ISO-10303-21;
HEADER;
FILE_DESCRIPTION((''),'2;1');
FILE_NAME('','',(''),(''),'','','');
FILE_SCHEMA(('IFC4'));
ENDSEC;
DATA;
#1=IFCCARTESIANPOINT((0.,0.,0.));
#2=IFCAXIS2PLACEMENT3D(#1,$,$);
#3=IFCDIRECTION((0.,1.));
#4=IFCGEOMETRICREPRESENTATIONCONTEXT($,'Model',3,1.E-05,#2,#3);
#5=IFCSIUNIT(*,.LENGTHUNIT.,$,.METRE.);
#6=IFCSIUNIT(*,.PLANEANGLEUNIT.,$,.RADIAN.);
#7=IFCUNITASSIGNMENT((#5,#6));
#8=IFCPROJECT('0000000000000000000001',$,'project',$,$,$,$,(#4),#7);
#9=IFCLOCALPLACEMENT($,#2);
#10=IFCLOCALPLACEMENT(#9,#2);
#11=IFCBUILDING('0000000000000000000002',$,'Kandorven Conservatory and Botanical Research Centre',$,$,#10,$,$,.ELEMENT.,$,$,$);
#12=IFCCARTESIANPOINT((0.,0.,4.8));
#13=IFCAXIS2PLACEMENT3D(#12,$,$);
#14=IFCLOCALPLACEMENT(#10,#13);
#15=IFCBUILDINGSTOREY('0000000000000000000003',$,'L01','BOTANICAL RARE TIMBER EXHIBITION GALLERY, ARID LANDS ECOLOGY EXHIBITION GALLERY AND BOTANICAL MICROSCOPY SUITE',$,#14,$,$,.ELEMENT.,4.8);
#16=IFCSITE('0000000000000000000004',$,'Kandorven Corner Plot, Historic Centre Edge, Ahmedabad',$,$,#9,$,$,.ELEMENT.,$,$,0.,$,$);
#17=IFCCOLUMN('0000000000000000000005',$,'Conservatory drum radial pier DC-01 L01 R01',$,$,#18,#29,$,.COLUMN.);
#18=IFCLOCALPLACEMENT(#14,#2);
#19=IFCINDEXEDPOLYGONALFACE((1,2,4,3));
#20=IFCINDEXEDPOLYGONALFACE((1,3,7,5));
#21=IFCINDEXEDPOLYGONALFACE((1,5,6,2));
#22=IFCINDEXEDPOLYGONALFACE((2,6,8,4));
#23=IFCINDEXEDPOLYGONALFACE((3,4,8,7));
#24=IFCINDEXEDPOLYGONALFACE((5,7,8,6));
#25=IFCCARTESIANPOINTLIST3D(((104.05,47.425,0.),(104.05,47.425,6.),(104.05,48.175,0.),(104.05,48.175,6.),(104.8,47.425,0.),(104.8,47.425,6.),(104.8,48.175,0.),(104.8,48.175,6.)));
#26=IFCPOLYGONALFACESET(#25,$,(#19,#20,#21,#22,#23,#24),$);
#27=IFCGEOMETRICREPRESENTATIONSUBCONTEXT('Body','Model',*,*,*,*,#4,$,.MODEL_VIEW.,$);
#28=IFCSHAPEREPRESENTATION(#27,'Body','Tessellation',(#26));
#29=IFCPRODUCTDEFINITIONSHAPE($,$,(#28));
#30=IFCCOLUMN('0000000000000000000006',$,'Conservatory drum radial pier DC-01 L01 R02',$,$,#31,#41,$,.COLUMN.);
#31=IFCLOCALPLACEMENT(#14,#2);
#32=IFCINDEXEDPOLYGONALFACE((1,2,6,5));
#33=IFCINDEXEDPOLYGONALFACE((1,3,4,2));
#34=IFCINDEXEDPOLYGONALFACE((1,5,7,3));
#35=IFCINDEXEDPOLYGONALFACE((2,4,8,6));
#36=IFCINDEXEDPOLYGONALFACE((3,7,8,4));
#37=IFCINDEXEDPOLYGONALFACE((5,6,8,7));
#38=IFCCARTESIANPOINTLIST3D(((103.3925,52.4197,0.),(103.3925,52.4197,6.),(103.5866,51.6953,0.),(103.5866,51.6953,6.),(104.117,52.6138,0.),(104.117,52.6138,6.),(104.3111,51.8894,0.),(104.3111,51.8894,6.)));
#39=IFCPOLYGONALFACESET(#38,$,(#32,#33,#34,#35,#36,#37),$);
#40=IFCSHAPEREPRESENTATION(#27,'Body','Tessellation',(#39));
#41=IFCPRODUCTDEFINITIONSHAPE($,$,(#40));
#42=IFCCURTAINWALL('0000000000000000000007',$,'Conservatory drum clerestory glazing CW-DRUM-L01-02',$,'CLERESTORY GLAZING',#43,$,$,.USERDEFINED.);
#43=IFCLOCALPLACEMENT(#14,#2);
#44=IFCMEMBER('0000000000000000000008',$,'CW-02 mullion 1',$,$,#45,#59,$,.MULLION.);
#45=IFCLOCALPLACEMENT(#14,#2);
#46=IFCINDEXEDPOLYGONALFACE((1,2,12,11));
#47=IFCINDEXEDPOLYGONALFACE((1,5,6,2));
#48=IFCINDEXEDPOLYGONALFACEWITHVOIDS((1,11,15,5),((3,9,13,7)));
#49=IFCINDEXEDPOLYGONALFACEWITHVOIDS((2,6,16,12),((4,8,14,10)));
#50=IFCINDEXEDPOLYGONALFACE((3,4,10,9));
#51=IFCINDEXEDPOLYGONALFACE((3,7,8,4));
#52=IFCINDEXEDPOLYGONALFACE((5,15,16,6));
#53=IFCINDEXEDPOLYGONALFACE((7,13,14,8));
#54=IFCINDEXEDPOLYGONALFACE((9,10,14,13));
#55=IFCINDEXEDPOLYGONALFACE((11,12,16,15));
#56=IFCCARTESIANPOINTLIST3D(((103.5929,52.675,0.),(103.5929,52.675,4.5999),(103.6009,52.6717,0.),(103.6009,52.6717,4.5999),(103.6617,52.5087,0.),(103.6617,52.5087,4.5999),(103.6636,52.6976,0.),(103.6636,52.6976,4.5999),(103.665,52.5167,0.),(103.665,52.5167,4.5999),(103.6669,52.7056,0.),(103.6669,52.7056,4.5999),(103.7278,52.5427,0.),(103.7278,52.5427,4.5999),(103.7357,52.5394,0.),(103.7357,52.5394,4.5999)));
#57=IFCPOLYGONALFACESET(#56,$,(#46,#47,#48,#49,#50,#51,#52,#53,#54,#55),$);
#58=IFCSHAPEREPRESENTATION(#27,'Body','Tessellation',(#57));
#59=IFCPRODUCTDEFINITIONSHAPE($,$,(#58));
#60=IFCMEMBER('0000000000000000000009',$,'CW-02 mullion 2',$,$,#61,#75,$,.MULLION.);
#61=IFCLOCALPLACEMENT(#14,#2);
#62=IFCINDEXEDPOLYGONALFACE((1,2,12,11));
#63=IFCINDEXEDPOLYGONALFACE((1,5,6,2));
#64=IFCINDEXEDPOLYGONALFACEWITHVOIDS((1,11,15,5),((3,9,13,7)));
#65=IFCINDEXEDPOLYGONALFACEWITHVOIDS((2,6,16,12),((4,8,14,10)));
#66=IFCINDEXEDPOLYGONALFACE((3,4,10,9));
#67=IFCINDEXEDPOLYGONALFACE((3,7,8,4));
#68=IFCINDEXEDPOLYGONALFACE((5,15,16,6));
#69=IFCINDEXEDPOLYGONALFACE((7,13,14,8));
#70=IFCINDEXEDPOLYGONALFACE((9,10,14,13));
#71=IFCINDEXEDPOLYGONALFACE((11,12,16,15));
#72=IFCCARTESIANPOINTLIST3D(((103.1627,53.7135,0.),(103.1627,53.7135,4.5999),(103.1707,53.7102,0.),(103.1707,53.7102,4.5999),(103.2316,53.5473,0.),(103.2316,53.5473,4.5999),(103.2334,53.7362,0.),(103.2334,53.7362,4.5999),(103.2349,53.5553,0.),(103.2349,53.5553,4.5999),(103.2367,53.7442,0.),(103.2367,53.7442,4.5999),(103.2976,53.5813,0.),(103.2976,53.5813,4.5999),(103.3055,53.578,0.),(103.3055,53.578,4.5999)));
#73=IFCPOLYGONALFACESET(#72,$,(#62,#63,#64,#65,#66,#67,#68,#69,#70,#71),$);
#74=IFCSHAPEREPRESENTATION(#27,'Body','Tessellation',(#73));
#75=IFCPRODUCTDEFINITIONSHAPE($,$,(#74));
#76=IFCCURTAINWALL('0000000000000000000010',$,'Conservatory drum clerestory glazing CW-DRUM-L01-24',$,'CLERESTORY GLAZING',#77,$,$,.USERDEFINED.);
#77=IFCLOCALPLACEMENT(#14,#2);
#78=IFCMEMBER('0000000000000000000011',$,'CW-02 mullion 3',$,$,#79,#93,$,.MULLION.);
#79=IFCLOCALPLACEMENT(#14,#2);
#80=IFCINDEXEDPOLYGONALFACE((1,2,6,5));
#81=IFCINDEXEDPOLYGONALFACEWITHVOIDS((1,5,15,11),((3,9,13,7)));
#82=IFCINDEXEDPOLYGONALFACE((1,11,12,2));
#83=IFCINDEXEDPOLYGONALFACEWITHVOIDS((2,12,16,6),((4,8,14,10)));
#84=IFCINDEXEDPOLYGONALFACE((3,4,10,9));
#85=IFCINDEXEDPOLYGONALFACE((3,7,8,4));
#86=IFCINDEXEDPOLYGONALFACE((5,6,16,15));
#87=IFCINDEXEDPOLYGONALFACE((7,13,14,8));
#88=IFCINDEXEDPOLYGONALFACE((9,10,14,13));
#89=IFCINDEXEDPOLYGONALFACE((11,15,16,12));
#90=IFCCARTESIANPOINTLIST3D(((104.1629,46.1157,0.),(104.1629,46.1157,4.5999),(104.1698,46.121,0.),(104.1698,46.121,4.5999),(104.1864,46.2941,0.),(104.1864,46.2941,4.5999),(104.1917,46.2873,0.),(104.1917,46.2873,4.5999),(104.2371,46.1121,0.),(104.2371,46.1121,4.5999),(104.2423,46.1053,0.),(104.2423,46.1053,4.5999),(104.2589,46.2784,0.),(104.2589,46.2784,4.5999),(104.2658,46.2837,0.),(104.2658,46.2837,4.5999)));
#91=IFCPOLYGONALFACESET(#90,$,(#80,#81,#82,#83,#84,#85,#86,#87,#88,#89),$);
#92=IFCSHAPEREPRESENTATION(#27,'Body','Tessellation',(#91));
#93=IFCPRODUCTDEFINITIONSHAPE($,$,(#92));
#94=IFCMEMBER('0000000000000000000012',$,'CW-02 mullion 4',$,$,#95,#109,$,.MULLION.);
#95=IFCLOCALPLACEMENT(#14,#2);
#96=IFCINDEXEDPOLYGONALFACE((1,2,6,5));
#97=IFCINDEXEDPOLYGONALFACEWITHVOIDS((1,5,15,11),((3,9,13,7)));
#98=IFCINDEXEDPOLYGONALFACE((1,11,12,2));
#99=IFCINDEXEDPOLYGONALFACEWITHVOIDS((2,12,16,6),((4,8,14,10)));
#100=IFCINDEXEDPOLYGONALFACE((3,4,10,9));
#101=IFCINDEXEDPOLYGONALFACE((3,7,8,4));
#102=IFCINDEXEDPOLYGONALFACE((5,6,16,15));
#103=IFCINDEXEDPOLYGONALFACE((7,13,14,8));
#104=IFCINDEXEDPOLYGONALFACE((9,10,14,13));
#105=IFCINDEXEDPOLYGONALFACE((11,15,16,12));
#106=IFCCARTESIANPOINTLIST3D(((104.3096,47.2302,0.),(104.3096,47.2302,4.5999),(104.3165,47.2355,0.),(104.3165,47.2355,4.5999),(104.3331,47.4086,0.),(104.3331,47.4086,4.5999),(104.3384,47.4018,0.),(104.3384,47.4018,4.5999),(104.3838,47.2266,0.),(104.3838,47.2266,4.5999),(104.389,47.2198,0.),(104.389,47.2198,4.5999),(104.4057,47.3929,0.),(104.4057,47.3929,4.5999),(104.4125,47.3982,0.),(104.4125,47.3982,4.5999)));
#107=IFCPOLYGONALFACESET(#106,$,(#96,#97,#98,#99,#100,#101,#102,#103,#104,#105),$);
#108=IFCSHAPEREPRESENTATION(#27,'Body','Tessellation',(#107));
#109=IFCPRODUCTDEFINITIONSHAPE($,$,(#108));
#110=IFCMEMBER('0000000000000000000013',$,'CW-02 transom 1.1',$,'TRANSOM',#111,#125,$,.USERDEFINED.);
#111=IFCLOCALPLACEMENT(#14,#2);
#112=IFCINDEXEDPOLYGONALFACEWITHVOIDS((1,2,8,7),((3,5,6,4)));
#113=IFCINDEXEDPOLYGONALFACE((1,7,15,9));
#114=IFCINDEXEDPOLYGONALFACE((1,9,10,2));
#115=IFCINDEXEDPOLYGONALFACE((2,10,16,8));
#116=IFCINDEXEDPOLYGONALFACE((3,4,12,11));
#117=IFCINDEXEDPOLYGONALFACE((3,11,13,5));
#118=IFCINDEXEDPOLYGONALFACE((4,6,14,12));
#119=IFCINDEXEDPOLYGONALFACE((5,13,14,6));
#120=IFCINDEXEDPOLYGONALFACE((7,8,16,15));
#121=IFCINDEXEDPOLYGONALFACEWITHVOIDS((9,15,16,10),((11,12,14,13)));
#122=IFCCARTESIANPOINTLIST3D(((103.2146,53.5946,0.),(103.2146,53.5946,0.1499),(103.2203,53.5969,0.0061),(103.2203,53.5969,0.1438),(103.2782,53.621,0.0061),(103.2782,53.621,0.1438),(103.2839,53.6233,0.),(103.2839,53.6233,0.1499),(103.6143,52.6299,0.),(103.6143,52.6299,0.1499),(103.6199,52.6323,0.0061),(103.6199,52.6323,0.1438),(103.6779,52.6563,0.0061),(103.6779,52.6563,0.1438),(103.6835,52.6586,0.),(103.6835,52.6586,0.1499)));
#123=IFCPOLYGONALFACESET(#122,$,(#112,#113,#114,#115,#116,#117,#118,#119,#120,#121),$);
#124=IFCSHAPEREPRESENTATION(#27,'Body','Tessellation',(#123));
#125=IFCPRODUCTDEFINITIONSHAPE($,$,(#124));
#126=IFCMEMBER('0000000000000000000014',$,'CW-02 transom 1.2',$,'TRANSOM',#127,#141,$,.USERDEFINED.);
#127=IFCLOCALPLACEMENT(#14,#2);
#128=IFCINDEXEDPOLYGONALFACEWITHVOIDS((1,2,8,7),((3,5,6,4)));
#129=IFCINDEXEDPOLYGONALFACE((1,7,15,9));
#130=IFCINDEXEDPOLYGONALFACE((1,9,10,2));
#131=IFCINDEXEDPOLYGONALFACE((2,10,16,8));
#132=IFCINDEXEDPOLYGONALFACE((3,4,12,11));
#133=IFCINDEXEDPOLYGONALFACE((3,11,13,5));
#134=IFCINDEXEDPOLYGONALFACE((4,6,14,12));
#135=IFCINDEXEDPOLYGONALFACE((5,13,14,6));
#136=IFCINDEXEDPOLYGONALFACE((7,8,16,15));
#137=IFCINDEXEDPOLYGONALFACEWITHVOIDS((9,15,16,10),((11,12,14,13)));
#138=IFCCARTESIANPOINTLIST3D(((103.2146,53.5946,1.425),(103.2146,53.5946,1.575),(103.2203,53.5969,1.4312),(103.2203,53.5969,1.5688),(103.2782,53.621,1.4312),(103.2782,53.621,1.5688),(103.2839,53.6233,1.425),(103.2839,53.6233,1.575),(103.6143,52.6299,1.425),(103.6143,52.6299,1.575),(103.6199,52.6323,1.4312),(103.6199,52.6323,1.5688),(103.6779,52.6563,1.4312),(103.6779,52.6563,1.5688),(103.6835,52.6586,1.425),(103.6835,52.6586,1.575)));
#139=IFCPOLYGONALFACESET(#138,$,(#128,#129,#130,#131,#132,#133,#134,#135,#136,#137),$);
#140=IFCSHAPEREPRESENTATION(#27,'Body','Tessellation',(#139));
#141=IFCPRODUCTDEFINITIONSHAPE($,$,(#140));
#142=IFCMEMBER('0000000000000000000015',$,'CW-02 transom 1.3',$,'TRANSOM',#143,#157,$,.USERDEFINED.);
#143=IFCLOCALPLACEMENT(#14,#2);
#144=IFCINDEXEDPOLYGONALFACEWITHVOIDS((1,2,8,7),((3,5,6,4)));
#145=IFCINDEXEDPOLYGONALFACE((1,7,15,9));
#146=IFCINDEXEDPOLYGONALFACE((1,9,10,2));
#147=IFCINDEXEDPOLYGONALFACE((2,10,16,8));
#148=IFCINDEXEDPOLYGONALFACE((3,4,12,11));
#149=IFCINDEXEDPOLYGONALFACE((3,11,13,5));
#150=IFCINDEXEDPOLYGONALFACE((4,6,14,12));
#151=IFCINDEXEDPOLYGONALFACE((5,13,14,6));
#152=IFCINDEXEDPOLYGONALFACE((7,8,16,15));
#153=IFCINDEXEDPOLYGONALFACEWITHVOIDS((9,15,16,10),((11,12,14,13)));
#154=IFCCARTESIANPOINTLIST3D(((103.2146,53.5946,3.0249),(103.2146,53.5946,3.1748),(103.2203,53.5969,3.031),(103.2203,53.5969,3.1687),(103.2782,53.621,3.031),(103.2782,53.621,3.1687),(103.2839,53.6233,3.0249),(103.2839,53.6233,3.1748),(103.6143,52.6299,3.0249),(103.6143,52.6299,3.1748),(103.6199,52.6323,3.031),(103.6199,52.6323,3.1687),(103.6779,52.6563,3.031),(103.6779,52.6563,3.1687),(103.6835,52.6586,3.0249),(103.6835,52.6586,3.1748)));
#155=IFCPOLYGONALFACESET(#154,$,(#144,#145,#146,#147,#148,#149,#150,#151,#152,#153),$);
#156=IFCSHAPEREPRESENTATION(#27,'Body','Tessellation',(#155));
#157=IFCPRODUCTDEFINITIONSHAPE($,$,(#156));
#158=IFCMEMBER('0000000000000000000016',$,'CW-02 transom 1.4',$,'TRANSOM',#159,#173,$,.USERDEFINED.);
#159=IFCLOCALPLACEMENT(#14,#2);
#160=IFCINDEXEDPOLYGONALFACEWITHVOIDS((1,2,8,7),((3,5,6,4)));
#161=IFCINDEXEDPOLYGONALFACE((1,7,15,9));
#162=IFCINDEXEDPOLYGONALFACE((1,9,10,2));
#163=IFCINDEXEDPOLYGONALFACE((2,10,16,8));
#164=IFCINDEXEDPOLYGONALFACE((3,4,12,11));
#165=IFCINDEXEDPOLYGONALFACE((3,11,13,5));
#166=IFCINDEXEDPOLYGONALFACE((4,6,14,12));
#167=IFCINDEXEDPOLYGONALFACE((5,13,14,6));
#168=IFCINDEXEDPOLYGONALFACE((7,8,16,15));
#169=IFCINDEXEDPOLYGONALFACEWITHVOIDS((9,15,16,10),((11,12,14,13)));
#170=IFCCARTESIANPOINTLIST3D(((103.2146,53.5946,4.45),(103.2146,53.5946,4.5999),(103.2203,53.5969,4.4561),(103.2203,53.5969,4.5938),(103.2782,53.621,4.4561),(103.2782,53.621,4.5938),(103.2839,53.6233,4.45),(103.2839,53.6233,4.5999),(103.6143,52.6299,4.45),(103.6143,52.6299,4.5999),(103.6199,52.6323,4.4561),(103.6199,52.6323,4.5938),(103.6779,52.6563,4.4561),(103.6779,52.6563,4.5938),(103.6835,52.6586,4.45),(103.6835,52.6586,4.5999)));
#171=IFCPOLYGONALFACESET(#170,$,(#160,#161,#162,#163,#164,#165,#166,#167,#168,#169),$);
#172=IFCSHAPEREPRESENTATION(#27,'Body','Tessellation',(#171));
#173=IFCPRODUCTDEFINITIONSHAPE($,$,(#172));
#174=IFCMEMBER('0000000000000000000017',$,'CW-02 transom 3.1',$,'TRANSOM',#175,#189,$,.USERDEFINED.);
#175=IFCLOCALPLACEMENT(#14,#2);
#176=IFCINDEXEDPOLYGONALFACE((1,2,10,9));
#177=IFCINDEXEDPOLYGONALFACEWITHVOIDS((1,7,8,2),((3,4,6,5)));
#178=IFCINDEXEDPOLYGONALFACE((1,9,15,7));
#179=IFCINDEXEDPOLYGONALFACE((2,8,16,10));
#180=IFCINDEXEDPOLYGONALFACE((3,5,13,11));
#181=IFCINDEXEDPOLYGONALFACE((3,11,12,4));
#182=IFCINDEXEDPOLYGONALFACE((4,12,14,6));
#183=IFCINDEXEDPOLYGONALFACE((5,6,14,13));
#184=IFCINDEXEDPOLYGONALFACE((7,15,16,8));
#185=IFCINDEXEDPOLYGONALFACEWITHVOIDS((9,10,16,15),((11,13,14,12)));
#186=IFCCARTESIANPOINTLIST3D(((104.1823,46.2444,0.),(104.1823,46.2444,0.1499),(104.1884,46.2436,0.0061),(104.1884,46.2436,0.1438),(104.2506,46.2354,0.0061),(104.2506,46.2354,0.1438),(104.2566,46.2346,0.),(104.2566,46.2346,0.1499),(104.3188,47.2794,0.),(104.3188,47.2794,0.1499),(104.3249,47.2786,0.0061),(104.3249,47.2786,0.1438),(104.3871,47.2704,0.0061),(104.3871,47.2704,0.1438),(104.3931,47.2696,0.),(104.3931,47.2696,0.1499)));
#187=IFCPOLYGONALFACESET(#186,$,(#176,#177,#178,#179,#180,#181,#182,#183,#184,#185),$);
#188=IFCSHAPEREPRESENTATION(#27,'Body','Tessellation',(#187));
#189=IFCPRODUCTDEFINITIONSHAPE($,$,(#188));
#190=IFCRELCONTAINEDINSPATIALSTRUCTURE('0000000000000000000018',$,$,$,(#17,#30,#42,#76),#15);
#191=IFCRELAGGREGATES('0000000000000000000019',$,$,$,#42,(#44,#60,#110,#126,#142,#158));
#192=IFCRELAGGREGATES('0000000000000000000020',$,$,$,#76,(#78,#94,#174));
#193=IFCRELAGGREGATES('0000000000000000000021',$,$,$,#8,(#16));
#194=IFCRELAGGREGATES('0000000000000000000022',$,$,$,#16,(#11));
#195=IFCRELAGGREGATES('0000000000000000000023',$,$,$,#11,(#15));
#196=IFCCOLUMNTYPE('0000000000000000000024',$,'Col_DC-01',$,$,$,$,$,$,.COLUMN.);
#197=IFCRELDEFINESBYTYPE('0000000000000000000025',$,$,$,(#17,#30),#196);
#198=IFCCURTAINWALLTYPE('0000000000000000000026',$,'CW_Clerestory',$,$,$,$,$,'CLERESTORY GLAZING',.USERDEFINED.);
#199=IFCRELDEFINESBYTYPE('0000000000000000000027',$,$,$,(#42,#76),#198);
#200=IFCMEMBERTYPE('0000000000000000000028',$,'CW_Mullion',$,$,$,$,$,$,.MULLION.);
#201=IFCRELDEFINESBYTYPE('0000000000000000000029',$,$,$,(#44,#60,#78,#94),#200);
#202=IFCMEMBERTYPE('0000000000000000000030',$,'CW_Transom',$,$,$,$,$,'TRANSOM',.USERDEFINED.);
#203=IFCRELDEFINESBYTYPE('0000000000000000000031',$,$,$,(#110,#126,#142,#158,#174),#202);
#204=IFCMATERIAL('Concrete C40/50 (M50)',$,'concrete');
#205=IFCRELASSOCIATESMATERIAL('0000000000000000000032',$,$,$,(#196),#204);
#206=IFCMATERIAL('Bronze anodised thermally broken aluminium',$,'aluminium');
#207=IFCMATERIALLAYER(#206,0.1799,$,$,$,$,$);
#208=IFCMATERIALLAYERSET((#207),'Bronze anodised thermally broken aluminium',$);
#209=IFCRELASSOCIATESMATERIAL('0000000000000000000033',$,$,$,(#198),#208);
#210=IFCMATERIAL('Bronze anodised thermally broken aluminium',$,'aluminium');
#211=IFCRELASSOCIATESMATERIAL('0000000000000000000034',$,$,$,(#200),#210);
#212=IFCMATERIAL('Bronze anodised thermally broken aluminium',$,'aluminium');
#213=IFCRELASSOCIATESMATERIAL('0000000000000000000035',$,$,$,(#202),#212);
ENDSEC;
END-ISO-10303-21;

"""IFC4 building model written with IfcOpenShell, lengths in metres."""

from ifc_helpers import new_model, si_unit, direction, frame, origin, origin_2d, place, context, subcontext, project, spatial, rectangle, hollow_rectangle, extrude, material, layer, layer_set, material_profile, profile_set, type_object, element, aggregate, save


model = new_model("IFC4")

# Units and contexts
model_context = context("Model", 3, precision=1e-05, world=origin(), true_north=direction((0.0, 1.0)))
body_context = subcontext(model_context, "Body", "Model", "MODEL_VIEW")
ifc_project = project(units=[si_unit("LENGTHUNIT", "METRE"), si_unit("PLANEANGLEUNIT", "RADIAN")], contexts=[model_context])

# Site, building, storey
site_placement = place(None, origin())
site = spatial("IfcSite", under=ifc_project, at=site_placement, Name="Kandorven Corner Plot, Historic Centre Edge, Ahmedabad", CompositionType="ELEMENT", RefElevation=0.0)
building_placement = place(site_placement, origin())
building = spatial("IfcBuilding", under=site, at=building_placement, Name="Kandorven Conservatory and Botanical Research Centre", CompositionType="ELEMENT")
storey_placement = place(building_placement, frame((0.0, 0.0, 4.8)))
storey = spatial("IfcBuildingStorey", under=building, at=storey_placement, Name="L01", Description="BOTANICAL RARE TIMBER EXHIBITION GALLERY, ARID LANDS ECOLOGY EXHIBITION GALLERY AND BOTANICAL MICROSCOPY SUITE", CompositionType="ELEMENT", Elevation=4.8)

# Columns
ifc_material_1 = material(Name="Concrete C40/50 (M50)", Category="concrete")
ifc_material_profile_1 = material_profile(ifc_material_1, rectangle(XDim=0.75, YDim=0.75, at=origin_2d()))
ifc_profile_set_1 = profile_set([ifc_material_profile_1], Name="Concrete C40/50 (M50)")
column_type = type_object("IfcColumnType", Name="Col_DC-01", PredefinedType="COLUMN", material=ifc_profile_set_1)
for number, where, z_axis, x_axis, name in (
    (1, (104.425, 47.8, 0.0), (0.0, 0.0, 1.0), (1.0, 0.0, 0.0), "Conservatory drum radial pier DC-01 L01 R01"),
    (2, (103.8518, 52.1545, 0.0), (0.0, 0.0, 1.0), (0.965926, 0.258819, 0.0), "Conservatory drum radial pier DC-01 L01 R02"),
):
    element("IfcColumn", number, at=place(storey_placement, frame(where, z_axis=z_axis, x_axis=x_axis)), inside=storey, type_object=column_type, Name=name, PredefinedType="COLUMN", context=body_context, shape_type="SweptSolid", body=[
        extrude(rectangle(XDim=0.75, YDim=0.75, at=origin_2d()), origin(), (0.0, 0.0, 1.0), 6.0),
    ])

# Curtain walls, members
ifc_material_2 = material(Name="Bronze anodised thermally broken aluminium", Category="aluminium")
ifc_layer_1 = layer(ifc_material_2, 0.1799)
ifc_layer_set_1 = layer_set([ifc_layer_1], Name="Bronze anodised thermally broken aluminium")
curtain_wall_type = type_object("IfcCurtainWallType", Name="CW_Clerestory", ElementType="CLERESTORY GLAZING", PredefinedType="USERDEFINED", material=ifc_layer_set_1)
curtain_wall_1_placement = place(storey_placement, origin())
curtain_wall_1 = element("IfcCurtainWall", 3, at=curtain_wall_1_placement, inside=storey, type_object=curtain_wall_type, Name="Conservatory drum clerestory glazing CW-DRUM-L01-02", ObjectType="CLERESTORY GLAZING", PredefinedType="USERDEFINED")
ifc_material_3 = material(Name="Bronze anodised thermally broken aluminium", Category="aluminium")
ifc_material_profile_2 = material_profile(ifc_material_3, hollow_rectangle(XDim=0.0801, YDim=0.1799, WallThickness=0.0061, at=origin_2d()))
ifc_profile_set_2 = profile_set([ifc_material_profile_2], Name="Bronze anodised thermally broken aluminium")
member_type_1 = type_object("IfcMemberType", Name="CW_Mullion", PredefinedType="MULLION", material=ifc_profile_set_2)
member_1_placement = place(storey_placement, frame((103.6643, 52.6072, 0.0), z_axis=(0.0, 0.0, 1.0), x_axis=(-0.923886, -0.382669, 0.0)))
member_1 = element("IfcMember", 4, at=member_1_placement, type_object=member_type_1, Name="CW-02 mullion 1", PredefinedType="MULLION", context=body_context, shape_type="SweptSolid", body=[
    extrude(hollow_rectangle(XDim=0.0801, YDim=0.1799, WallThickness=0.0061, at=origin_2d()), origin(), (0.0, 0.0, 1.0), 4.5999),
])
member_2_placement = place(storey_placement, frame((103.2341, 53.6458, 0.0), z_axis=(0.0, 0.0, 1.0), x_axis=(-0.923886, -0.382669, 0.0)))
member_2 = element("IfcMember", 5, at=member_2_placement, type_object=member_type_1, Name="CW-02 mullion 2", PredefinedType="MULLION", context=body_context, shape_type="SweptSolid", body=[
    extrude(hollow_rectangle(XDim=0.0801, YDim=0.1799, WallThickness=0.0061, at=origin_2d()), origin(), (0.0, 0.0, 1.0), 4.5999),
])
curtain_wall_2_placement = place(storey_placement, origin())
curtain_wall_2 = element("IfcCurtainWall", 6, at=curtain_wall_2_placement, inside=storey, type_object=curtain_wall_type, Name="Conservatory drum clerestory glazing CW-DRUM-L01-24", ObjectType="CLERESTORY GLAZING", PredefinedType="USERDEFINED")
member_3_placement = place(storey_placement, frame((104.2144, 46.1997, 0.0), z_axis=(0.0, 0.0, 1.0), x_axis=(-0.991441, 0.130552, 0.0)))
member_3 = element("IfcMember", 7, at=member_3_placement, type_object=member_type_1, Name="CW-02 mullion 3", PredefinedType="MULLION", context=body_context, shape_type="SweptSolid", body=[
    extrude(hollow_rectangle(XDim=0.0801, YDim=0.1799, WallThickness=0.0061, at=origin_2d()), origin(), (0.0, 0.0, 1.0), 4.5999),
])
member_4_placement = place(storey_placement, frame((104.3611, 47.3142, 0.0), z_axis=(0.0, 0.0, 1.0), x_axis=(-0.991441, 0.130552, 0.0)))
member_4 = element("IfcMember", 8, at=member_4_placement, type_object=member_type_1, Name="CW-02 mullion 4", PredefinedType="MULLION", context=body_context, shape_type="SweptSolid", body=[
    extrude(hollow_rectangle(XDim=0.0801, YDim=0.1799, WallThickness=0.0061, at=origin_2d()), origin(), (0.0, 0.0, 1.0), 4.5999),
])

# Members
ifc_material_4 = material(Name="Bronze anodised thermally broken aluminium", Category="aluminium")
ifc_material_profile_3 = material_profile(ifc_material_4, hollow_rectangle(XDim=0.075, YDim=0.1499, WallThickness=0.0061, at=origin_2d()))
ifc_profile_set_3 = profile_set([ifc_material_profile_3], Name="Bronze anodised thermally broken aluminium")
member_type_2 = type_object("IfcMemberType", Name="CW_Transom", ElementType="TRANSOM", PredefinedType="USERDEFINED", material=ifc_profile_set_3)
member_5_placement = place(storey_placement, frame((103.6489, 52.6443, 0.075), z_axis=(-0.382772, 0.923843, 0.0), x_axis=(-0.923843, -0.382772, 0.0)))
member_5 = element("IfcMember", 9, at=member_5_placement, type_object=member_type_2, Name="CW-02 transom 1.1", ObjectType="TRANSOM", PredefinedType="USERDEFINED", context=body_context, shape_type="SweptSolid", body=[
    extrude(hollow_rectangle(XDim=0.075, YDim=0.1499, WallThickness=0.0061, at=origin_2d()), origin(), (0.0, 0.0, 1.0), 1.0442),
])
member_6_placement = place(storey_placement, frame((103.6489, 52.6443, 1.5), z_axis=(-0.382772, 0.923843, 0.0), x_axis=(-0.923843, -0.382772, 0.0)))
member_6 = element("IfcMember", 10, at=member_6_placement, type_object=member_type_2, Name="CW-02 transom 1.2", ObjectType="TRANSOM", PredefinedType="USERDEFINED", context=body_context, shape_type="SweptSolid", body=[
    extrude(hollow_rectangle(XDim=0.075, YDim=0.1499, WallThickness=0.0061, at=origin_2d()), origin(), (0.0, 0.0, 1.0), 1.0442),
])
member_7_placement = place(storey_placement, frame((103.6489, 52.6443, 3.0999), z_axis=(-0.382772, 0.923843, 0.0), x_axis=(-0.923843, -0.382772, 0.0)))
member_7 = element("IfcMember", 11, at=member_7_placement, type_object=member_type_2, Name="CW-02 transom 1.3", ObjectType="TRANSOM", PredefinedType="USERDEFINED", context=body_context, shape_type="SweptSolid", body=[
    extrude(hollow_rectangle(XDim=0.075, YDim=0.1499, WallThickness=0.0061, at=origin_2d()), origin(), (0.0, 0.0, 1.0), 1.0442),
])
member_8_placement = place(storey_placement, frame((103.6489, 52.6443, 4.5249), z_axis=(-0.382772, 0.923843, 0.0), x_axis=(-0.923843, -0.382772, 0.0)))
member_8 = element("IfcMember", 12, at=member_8_placement, type_object=member_type_2, Name="CW-02 transom 1.4", ObjectType="TRANSOM", PredefinedType="USERDEFINED", context=body_context, shape_type="SweptSolid", body=[
    extrude(hollow_rectangle(XDim=0.075, YDim=0.1499, WallThickness=0.0061, at=origin_2d()), origin(), (0.0, 0.0, 1.0), 1.0442),
])
member_9_placement = place(storey_placement, frame((104.2195, 46.2395, 0.075), z_axis=(0.130739, 0.991417, 0.0), x_axis=(-0.991417, 0.130739, 0.0)))
member_9 = element("IfcMember", 13, at=member_9_placement, type_object=member_type_2, Name="CW-02 transom 3.1", ObjectType="TRANSOM", PredefinedType="USERDEFINED", context=body_context, shape_type="SweptSolid", body=[
    extrude(hollow_rectangle(XDim=0.075, YDim=0.1499, WallThickness=0.0061, at=origin_2d()), origin(), (0.0, 0.0, 1.0), 1.0439),
])

aggregate(curtain_wall_1, [member_1, member_2, member_5, member_6, member_7, member_8])
aggregate(curtain_wall_2, [member_3, member_4, member_9])

save(model, "model.ifc")
